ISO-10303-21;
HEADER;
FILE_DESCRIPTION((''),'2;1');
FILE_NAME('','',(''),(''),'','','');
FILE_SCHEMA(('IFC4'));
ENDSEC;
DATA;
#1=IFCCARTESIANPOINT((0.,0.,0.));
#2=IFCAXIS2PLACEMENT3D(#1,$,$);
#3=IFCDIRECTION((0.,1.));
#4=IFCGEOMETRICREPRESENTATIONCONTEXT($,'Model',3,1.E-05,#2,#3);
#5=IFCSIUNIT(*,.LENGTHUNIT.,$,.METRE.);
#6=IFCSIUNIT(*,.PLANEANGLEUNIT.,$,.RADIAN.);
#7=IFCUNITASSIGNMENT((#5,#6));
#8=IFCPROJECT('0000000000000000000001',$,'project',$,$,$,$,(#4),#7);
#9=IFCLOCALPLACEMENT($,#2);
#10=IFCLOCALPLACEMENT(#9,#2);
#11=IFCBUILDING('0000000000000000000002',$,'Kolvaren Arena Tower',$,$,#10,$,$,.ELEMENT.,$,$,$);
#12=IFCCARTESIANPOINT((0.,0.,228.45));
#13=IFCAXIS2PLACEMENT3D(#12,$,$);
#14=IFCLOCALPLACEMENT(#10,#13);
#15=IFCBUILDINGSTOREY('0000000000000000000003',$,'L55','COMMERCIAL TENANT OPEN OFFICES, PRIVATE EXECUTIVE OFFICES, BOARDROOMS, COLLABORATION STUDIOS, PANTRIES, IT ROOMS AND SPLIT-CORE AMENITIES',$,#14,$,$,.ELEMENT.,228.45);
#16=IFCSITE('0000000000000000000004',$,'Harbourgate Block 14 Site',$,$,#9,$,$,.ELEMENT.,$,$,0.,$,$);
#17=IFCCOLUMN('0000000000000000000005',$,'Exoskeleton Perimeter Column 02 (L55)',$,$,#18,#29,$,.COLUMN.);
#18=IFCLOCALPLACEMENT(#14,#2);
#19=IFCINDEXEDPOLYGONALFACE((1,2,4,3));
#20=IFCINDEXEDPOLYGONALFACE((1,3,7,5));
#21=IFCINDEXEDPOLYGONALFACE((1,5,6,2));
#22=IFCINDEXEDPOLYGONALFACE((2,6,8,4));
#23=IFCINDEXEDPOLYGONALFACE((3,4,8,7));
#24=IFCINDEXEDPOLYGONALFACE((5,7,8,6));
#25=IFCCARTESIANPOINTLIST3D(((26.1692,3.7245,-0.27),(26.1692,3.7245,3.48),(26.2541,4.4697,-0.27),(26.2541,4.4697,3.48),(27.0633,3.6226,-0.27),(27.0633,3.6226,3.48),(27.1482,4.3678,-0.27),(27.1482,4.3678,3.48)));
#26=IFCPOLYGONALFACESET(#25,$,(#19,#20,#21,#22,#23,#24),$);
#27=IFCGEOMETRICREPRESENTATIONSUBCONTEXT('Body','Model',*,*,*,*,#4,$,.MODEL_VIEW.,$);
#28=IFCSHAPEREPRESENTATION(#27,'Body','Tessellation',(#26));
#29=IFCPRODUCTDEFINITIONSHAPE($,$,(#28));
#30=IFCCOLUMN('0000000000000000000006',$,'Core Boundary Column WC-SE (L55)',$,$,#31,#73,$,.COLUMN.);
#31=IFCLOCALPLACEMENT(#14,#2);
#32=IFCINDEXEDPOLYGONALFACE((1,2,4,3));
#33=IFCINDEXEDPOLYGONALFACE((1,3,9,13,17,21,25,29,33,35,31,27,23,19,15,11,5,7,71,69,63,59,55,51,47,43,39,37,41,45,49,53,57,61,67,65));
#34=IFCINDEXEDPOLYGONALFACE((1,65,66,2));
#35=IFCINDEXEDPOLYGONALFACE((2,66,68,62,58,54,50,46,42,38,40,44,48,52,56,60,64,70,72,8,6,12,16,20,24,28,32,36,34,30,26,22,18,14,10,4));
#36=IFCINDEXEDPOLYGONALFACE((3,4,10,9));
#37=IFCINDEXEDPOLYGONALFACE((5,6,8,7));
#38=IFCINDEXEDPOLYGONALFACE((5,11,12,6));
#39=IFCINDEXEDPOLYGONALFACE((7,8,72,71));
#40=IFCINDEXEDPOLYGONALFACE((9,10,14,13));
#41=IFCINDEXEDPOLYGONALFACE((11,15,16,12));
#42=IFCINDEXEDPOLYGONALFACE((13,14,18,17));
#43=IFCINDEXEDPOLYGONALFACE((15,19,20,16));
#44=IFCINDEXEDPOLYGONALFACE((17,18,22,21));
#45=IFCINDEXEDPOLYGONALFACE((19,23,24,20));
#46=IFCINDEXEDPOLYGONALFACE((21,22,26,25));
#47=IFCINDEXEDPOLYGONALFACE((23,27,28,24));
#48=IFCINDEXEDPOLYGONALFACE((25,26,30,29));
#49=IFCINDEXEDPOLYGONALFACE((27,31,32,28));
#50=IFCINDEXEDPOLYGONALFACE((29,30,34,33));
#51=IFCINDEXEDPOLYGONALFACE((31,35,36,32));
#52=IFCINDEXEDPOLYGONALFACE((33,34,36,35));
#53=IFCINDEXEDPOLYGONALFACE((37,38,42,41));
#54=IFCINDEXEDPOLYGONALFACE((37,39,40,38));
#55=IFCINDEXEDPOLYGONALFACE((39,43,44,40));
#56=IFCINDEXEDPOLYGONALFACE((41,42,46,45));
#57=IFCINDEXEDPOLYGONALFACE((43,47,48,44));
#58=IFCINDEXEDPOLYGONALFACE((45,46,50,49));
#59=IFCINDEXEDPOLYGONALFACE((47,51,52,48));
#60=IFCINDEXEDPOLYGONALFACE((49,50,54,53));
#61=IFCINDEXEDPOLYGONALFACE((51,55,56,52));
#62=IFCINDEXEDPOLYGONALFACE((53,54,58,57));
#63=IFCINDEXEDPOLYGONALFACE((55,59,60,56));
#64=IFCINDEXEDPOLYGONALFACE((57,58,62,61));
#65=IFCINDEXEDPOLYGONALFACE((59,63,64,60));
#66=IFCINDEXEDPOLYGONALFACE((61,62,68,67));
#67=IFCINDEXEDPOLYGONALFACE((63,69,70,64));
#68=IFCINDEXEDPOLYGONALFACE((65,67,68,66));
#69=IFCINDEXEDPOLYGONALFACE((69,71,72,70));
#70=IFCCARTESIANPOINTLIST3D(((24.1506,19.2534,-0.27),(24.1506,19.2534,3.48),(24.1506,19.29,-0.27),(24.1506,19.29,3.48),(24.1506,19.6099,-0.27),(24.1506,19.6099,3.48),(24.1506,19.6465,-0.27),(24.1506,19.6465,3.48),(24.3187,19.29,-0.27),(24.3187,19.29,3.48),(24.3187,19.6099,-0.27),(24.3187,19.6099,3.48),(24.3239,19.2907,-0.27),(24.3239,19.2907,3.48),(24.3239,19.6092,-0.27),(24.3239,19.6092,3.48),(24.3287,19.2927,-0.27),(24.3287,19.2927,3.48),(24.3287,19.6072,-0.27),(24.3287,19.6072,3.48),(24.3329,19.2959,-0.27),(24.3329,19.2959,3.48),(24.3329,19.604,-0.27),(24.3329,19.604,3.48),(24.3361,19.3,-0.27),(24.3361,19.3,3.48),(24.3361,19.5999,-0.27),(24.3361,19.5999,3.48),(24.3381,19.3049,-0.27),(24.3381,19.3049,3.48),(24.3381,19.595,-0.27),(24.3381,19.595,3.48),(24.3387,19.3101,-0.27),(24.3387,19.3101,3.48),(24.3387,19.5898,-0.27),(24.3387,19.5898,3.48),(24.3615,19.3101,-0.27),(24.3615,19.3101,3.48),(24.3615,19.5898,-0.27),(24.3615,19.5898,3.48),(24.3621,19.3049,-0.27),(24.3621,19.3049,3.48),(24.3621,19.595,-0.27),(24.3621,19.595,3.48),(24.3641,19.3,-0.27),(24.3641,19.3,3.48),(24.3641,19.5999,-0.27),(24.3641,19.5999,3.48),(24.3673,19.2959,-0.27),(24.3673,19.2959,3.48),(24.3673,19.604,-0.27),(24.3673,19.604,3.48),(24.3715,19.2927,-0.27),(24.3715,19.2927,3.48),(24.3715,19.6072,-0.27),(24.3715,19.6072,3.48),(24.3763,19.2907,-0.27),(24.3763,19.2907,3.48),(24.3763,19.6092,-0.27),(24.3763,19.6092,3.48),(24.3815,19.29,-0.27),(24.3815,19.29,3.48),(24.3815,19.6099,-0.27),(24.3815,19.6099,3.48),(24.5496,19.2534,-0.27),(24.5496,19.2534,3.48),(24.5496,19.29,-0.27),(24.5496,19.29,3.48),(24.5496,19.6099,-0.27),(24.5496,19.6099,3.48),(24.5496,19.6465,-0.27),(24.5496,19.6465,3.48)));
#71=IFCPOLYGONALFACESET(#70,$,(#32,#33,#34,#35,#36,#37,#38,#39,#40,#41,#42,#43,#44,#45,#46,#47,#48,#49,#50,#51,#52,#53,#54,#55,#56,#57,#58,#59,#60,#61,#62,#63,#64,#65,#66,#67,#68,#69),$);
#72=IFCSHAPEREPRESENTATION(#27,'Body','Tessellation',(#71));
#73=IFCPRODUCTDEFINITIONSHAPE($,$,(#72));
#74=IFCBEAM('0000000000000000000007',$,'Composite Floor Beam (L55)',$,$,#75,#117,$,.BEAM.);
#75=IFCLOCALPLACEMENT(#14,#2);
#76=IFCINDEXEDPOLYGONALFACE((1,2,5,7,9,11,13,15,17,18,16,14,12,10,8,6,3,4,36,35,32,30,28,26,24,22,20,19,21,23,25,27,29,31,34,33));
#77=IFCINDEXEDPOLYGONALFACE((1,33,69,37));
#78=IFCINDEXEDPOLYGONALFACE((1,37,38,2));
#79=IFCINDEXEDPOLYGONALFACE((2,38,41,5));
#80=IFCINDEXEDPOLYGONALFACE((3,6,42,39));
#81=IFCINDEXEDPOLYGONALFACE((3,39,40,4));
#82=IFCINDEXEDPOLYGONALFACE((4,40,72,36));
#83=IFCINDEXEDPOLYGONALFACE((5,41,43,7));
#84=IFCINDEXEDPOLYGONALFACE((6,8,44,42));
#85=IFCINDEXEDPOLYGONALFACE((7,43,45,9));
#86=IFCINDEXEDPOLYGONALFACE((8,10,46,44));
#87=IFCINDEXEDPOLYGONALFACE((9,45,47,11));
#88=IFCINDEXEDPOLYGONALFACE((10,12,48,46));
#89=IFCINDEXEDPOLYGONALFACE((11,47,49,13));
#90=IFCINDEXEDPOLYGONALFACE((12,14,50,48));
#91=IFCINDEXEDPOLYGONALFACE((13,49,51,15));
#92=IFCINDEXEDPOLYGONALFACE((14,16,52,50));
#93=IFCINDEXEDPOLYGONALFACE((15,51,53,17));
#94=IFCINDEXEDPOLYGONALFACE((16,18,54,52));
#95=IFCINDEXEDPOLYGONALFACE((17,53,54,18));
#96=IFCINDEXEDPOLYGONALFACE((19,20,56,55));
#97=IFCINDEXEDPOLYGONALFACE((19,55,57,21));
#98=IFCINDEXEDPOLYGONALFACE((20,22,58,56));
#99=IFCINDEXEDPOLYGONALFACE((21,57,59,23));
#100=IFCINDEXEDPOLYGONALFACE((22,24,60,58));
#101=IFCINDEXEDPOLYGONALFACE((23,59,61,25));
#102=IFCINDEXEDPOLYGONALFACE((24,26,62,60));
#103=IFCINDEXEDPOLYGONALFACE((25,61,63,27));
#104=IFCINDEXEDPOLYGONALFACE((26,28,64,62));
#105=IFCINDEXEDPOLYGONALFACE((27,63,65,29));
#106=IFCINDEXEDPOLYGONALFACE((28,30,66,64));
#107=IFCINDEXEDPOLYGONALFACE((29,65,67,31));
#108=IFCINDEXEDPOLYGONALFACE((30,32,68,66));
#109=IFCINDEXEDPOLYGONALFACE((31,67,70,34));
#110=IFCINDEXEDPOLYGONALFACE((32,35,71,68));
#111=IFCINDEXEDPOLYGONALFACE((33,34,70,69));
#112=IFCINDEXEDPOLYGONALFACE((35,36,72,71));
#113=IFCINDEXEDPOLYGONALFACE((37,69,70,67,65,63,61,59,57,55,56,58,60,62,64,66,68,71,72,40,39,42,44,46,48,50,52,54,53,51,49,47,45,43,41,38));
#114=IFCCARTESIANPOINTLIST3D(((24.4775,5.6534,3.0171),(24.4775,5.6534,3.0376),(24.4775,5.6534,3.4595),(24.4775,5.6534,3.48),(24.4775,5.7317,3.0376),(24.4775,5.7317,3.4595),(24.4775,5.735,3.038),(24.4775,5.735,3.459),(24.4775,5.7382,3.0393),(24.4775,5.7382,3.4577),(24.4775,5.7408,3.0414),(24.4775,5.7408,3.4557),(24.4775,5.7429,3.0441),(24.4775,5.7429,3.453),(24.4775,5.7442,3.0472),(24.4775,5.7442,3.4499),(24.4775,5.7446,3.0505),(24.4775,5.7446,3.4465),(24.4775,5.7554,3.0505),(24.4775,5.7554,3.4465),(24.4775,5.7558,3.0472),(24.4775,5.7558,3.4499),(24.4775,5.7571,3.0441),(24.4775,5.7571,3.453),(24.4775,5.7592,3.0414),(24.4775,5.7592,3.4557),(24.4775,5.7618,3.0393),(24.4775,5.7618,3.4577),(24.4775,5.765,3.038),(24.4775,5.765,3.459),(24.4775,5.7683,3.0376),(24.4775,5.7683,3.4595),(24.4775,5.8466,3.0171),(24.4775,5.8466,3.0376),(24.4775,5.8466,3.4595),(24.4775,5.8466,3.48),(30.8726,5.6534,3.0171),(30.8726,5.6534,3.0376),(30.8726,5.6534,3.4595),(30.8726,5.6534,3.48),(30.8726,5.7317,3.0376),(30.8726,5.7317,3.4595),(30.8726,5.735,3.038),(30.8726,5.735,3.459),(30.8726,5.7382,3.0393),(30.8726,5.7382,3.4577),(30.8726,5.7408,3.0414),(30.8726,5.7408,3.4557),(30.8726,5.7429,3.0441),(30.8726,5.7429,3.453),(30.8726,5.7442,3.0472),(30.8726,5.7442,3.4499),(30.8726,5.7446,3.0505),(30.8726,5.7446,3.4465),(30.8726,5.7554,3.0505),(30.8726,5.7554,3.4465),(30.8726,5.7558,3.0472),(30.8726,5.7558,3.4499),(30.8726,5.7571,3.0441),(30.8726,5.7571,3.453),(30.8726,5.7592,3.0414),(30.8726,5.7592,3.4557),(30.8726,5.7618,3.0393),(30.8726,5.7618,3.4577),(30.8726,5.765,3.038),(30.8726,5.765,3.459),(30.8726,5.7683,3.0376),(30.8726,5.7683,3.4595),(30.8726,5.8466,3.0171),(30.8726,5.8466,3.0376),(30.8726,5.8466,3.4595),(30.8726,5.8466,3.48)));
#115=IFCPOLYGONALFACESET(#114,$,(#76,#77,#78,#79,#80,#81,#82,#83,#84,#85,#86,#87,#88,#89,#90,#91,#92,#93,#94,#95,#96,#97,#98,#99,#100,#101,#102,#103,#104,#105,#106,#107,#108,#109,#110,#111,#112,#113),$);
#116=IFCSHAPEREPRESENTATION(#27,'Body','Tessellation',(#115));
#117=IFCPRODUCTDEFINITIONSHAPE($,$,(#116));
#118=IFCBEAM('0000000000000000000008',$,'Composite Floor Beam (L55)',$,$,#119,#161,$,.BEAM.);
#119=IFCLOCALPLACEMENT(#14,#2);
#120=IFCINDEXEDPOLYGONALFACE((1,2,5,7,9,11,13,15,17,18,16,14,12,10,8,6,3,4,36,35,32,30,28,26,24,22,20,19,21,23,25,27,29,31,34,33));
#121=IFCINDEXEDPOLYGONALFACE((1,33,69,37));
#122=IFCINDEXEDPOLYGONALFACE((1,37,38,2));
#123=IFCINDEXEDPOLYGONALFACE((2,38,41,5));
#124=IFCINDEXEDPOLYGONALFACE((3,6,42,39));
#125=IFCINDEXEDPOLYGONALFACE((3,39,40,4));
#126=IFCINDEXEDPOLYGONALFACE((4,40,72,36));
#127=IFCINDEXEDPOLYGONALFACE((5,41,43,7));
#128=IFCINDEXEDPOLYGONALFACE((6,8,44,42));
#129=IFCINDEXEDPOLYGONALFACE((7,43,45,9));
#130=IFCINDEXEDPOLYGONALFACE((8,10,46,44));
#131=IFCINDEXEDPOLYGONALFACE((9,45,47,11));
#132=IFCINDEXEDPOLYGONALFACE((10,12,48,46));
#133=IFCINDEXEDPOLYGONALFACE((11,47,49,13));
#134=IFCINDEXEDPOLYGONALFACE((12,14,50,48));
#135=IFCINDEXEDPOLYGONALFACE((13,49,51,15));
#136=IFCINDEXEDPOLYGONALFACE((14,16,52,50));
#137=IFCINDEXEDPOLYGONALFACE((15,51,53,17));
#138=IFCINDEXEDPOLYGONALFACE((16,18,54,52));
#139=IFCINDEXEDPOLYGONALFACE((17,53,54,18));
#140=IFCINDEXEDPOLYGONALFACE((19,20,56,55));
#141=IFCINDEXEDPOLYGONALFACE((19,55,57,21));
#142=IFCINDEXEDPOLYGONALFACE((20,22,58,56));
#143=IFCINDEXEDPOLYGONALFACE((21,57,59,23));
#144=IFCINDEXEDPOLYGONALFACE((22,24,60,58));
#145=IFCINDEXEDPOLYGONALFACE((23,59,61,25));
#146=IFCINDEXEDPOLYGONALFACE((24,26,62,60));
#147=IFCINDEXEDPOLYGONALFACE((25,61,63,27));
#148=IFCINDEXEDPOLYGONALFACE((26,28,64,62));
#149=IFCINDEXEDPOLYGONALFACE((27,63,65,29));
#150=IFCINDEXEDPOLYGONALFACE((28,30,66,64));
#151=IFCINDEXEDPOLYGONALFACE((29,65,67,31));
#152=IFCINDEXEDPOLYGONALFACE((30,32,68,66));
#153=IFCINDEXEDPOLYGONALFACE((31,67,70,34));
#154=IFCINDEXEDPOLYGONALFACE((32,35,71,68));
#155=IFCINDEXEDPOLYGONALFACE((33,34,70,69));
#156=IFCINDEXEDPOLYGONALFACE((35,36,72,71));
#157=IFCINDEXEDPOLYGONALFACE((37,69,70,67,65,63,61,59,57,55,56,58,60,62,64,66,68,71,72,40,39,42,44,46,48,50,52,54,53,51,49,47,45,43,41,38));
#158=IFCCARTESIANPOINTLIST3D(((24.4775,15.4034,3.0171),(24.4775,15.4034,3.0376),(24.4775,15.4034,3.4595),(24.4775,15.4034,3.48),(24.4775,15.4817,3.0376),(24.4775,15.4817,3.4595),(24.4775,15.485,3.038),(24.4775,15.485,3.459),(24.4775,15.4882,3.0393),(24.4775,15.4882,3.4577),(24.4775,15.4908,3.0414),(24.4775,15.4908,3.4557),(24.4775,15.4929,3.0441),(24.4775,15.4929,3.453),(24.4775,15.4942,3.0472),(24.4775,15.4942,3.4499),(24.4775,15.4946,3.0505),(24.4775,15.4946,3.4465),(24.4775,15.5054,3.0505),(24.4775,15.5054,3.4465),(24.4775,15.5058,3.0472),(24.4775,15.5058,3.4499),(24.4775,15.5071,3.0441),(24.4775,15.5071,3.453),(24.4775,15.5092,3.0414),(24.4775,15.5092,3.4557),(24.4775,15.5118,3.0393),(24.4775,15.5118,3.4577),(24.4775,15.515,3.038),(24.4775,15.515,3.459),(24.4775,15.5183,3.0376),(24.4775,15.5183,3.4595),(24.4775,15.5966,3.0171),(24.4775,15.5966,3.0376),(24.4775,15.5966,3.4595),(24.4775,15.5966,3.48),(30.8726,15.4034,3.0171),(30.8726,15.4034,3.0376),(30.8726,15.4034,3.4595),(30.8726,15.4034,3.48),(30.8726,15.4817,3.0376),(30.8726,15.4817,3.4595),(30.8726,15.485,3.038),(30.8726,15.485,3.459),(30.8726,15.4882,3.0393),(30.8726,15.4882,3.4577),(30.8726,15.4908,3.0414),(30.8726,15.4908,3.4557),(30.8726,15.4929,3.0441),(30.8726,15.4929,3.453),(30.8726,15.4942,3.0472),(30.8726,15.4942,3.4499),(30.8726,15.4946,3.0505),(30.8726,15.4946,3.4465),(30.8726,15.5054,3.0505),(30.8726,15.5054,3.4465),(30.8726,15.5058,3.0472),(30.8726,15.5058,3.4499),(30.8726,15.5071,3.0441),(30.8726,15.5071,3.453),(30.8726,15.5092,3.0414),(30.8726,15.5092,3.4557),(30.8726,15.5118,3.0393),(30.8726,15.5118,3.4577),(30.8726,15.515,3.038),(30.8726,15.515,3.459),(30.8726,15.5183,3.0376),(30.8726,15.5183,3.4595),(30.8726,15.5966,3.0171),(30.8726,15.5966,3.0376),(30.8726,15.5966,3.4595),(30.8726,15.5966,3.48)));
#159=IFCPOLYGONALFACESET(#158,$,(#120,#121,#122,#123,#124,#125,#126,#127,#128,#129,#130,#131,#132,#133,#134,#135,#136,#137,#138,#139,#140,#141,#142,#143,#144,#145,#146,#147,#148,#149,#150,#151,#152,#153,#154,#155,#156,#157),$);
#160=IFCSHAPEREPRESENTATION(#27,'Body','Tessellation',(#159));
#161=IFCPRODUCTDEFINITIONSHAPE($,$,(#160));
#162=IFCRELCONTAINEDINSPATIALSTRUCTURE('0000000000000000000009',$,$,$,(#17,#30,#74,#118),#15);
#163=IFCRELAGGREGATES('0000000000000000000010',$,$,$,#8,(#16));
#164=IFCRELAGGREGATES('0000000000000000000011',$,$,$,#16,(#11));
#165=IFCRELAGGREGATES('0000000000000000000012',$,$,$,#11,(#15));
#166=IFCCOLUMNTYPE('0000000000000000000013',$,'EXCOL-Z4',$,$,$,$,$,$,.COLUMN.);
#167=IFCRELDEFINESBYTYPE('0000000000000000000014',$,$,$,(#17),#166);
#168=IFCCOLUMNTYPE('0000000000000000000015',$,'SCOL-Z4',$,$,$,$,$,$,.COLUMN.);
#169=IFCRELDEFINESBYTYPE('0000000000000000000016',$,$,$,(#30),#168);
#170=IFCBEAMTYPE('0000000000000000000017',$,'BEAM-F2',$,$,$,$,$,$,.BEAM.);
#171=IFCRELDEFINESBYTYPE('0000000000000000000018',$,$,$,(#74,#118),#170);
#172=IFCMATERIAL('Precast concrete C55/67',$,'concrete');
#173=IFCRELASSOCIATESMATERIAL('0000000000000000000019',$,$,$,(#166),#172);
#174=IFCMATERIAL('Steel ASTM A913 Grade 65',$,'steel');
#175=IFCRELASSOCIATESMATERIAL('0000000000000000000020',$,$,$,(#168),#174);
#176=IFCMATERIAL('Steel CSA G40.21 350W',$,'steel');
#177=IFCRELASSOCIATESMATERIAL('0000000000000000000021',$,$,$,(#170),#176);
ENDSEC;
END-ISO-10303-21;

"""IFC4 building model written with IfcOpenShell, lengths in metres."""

from ifc_helpers import new_model, si_unit, direction, frame, origin, origin_2d, place, context, subcontext, project, spatial, rectangle, i_section, extrude, material, material_profile, profile_set, type_object, element, save


model = new_model("IFC4")

# Units and contexts
model_context = context("Model", 3, precision=1e-05, world=origin(), true_north=direction((0.0, 1.0)))
body_context = subcontext(model_context, "Body", "Model", "MODEL_VIEW")
ifc_project = project(units=[si_unit("LENGTHUNIT", "METRE"), si_unit("PLANEANGLEUNIT", "RADIAN")], contexts=[model_context])

# Site, building, storey
site_placement = place(None, origin())
site = spatial("IfcSite", under=ifc_project, at=site_placement, Name="Harbourgate Block 14 Site", CompositionType="ELEMENT", RefElevation=0.0)
building_placement = place(site_placement, origin())
building = spatial("IfcBuilding", under=site, at=building_placement, Name="Kolvaren Arena Tower", CompositionType="ELEMENT")
storey_placement = place(building_placement, frame((0.0, 0.0, 228.45)))
storey = spatial("IfcBuildingStorey", under=building, at=storey_placement, Name="L55", Description="COMMERCIAL TENANT OPEN OFFICES, PRIVATE EXECUTIVE OFFICES, BOARDROOMS, COLLABORATION STUDIOS, PANTRIES, IT ROOMS AND SPLIT-CORE AMENITIES", CompositionType="ELEMENT", Elevation=228.45)

# Columns
ifc_material_1 = material(Name="Precast concrete C55/67", Category="concrete")
ifc_material_profile_1 = material_profile(ifc_material_1, rectangle(XDim=0.8999, YDim=0.75, at=origin_2d()), Name="RC-900x750")
ifc_profile_set_1 = profile_set([ifc_material_profile_1], Name="Precast concrete C55/67")
column_type_1 = type_object("IfcColumnType", Name="EXCOL-Z4", PredefinedType="COLUMN", material=ifc_profile_set_1)
column_1_placement = place(storey_placement, frame((26.6587, 4.0461, -0.27), z_axis=(0.0, 0.0, 1.0), x_axis=(0.993572, -0.113203, 0.0)))
element("IfcColumn", 1, at=column_1_placement, inside=storey, type_object=column_type_1, Name="Exoskeleton Perimeter Column 02 (L55)", PredefinedType="COLUMN", context=body_context, shape_type="SweptSolid", body=[
    extrude(rectangle(XDim=0.8999, YDim=0.75, at=origin_2d()), origin(), (0.0, 0.0, 1.0), 3.75),
])
ifc_material_2 = material(Name="Steel ASTM A913 Grade 65", Category="steel")
ifc_material_profile_2 = material_profile(ifc_material_2, i_section(OverallWidth=0.3989, OverallDepth=0.3931, WebThickness=0.0227, FlangeThickness=0.0366, FilletRadius=0.02, at=origin_2d()), Name="W360x287")
ifc_profile_set_2 = profile_set([ifc_material_profile_2], Name="Steel ASTM A913 Grade 65")
column_type_2 = type_object("IfcColumnType", Name="SCOL-Z4", PredefinedType="COLUMN", material=ifc_profile_set_2)
column_2_placement = place(storey_placement, frame((24.3501, 19.45, -0.27), z_axis=(0.0, 0.0, 1.0), x_axis=(1.0, 0.0, 0.0)))
element("IfcColumn", 2, at=column_2_placement, inside=storey, type_object=column_type_2, Name="Core Boundary Column WC-SE (L55)", PredefinedType="COLUMN", context=body_context, shape_type="SweptSolid", body=[
    extrude(i_section(OverallWidth=0.3989, OverallDepth=0.3931, WebThickness=0.0227, FlangeThickness=0.0366, FilletRadius=0.02, at=origin_2d()), origin(), (0.0, 0.0, 1.0), 3.75),
])

# Beams
ifc_material_3 = material(Name="Steel CSA G40.21 350W", Category="steel")
ifc_material_profile_3 = material_profile(ifc_material_3, i_section(OverallWidth=0.1931, OverallDepth=0.4629, WebThickness=0.0107, FlangeThickness=0.0205, FilletRadius=0.0129, at=origin_2d()), Name="W460x113")
ifc_profile_set_3 = profile_set([ifc_material_profile_3], Name="Steel CSA G40.21 350W")
beam_type_1 = type_object("IfcBeamType", Name="BEAM-F2", PredefinedType="BEAM", material=ifc_profile_set_3)
for number, where, z_axis, x_axis, name in (
    (3, (24.4775, 5.75, 3.2485), (1.0, 0.0, 0.0), (0.0, 1.0, 0.0), "Composite Floor Beam (L55)"),
    (4, (24.4775, 15.5, 3.2485), (1.0, 0.0, 0.0), (0.0, 1.0, 0.0), "Composite Floor Beam (L55)"),
):
    element("IfcBeam", number, at=place(storey_placement, frame(where, z_axis=z_axis, x_axis=x_axis)), inside=storey, type_object=beam_type_1, Name=name, PredefinedType="BEAM", context=body_context, shape_type="SweptSolid", body=[
        extrude(i_section(OverallWidth=0.1931, OverallDepth=0.4629, WebThickness=0.0107, FlangeThickness=0.0205, FilletRadius=0.0129, at=origin_2d()), origin(), (0.0, 0.0, 1.0), 6.395),
    ])

save(model, "model.ifc")
